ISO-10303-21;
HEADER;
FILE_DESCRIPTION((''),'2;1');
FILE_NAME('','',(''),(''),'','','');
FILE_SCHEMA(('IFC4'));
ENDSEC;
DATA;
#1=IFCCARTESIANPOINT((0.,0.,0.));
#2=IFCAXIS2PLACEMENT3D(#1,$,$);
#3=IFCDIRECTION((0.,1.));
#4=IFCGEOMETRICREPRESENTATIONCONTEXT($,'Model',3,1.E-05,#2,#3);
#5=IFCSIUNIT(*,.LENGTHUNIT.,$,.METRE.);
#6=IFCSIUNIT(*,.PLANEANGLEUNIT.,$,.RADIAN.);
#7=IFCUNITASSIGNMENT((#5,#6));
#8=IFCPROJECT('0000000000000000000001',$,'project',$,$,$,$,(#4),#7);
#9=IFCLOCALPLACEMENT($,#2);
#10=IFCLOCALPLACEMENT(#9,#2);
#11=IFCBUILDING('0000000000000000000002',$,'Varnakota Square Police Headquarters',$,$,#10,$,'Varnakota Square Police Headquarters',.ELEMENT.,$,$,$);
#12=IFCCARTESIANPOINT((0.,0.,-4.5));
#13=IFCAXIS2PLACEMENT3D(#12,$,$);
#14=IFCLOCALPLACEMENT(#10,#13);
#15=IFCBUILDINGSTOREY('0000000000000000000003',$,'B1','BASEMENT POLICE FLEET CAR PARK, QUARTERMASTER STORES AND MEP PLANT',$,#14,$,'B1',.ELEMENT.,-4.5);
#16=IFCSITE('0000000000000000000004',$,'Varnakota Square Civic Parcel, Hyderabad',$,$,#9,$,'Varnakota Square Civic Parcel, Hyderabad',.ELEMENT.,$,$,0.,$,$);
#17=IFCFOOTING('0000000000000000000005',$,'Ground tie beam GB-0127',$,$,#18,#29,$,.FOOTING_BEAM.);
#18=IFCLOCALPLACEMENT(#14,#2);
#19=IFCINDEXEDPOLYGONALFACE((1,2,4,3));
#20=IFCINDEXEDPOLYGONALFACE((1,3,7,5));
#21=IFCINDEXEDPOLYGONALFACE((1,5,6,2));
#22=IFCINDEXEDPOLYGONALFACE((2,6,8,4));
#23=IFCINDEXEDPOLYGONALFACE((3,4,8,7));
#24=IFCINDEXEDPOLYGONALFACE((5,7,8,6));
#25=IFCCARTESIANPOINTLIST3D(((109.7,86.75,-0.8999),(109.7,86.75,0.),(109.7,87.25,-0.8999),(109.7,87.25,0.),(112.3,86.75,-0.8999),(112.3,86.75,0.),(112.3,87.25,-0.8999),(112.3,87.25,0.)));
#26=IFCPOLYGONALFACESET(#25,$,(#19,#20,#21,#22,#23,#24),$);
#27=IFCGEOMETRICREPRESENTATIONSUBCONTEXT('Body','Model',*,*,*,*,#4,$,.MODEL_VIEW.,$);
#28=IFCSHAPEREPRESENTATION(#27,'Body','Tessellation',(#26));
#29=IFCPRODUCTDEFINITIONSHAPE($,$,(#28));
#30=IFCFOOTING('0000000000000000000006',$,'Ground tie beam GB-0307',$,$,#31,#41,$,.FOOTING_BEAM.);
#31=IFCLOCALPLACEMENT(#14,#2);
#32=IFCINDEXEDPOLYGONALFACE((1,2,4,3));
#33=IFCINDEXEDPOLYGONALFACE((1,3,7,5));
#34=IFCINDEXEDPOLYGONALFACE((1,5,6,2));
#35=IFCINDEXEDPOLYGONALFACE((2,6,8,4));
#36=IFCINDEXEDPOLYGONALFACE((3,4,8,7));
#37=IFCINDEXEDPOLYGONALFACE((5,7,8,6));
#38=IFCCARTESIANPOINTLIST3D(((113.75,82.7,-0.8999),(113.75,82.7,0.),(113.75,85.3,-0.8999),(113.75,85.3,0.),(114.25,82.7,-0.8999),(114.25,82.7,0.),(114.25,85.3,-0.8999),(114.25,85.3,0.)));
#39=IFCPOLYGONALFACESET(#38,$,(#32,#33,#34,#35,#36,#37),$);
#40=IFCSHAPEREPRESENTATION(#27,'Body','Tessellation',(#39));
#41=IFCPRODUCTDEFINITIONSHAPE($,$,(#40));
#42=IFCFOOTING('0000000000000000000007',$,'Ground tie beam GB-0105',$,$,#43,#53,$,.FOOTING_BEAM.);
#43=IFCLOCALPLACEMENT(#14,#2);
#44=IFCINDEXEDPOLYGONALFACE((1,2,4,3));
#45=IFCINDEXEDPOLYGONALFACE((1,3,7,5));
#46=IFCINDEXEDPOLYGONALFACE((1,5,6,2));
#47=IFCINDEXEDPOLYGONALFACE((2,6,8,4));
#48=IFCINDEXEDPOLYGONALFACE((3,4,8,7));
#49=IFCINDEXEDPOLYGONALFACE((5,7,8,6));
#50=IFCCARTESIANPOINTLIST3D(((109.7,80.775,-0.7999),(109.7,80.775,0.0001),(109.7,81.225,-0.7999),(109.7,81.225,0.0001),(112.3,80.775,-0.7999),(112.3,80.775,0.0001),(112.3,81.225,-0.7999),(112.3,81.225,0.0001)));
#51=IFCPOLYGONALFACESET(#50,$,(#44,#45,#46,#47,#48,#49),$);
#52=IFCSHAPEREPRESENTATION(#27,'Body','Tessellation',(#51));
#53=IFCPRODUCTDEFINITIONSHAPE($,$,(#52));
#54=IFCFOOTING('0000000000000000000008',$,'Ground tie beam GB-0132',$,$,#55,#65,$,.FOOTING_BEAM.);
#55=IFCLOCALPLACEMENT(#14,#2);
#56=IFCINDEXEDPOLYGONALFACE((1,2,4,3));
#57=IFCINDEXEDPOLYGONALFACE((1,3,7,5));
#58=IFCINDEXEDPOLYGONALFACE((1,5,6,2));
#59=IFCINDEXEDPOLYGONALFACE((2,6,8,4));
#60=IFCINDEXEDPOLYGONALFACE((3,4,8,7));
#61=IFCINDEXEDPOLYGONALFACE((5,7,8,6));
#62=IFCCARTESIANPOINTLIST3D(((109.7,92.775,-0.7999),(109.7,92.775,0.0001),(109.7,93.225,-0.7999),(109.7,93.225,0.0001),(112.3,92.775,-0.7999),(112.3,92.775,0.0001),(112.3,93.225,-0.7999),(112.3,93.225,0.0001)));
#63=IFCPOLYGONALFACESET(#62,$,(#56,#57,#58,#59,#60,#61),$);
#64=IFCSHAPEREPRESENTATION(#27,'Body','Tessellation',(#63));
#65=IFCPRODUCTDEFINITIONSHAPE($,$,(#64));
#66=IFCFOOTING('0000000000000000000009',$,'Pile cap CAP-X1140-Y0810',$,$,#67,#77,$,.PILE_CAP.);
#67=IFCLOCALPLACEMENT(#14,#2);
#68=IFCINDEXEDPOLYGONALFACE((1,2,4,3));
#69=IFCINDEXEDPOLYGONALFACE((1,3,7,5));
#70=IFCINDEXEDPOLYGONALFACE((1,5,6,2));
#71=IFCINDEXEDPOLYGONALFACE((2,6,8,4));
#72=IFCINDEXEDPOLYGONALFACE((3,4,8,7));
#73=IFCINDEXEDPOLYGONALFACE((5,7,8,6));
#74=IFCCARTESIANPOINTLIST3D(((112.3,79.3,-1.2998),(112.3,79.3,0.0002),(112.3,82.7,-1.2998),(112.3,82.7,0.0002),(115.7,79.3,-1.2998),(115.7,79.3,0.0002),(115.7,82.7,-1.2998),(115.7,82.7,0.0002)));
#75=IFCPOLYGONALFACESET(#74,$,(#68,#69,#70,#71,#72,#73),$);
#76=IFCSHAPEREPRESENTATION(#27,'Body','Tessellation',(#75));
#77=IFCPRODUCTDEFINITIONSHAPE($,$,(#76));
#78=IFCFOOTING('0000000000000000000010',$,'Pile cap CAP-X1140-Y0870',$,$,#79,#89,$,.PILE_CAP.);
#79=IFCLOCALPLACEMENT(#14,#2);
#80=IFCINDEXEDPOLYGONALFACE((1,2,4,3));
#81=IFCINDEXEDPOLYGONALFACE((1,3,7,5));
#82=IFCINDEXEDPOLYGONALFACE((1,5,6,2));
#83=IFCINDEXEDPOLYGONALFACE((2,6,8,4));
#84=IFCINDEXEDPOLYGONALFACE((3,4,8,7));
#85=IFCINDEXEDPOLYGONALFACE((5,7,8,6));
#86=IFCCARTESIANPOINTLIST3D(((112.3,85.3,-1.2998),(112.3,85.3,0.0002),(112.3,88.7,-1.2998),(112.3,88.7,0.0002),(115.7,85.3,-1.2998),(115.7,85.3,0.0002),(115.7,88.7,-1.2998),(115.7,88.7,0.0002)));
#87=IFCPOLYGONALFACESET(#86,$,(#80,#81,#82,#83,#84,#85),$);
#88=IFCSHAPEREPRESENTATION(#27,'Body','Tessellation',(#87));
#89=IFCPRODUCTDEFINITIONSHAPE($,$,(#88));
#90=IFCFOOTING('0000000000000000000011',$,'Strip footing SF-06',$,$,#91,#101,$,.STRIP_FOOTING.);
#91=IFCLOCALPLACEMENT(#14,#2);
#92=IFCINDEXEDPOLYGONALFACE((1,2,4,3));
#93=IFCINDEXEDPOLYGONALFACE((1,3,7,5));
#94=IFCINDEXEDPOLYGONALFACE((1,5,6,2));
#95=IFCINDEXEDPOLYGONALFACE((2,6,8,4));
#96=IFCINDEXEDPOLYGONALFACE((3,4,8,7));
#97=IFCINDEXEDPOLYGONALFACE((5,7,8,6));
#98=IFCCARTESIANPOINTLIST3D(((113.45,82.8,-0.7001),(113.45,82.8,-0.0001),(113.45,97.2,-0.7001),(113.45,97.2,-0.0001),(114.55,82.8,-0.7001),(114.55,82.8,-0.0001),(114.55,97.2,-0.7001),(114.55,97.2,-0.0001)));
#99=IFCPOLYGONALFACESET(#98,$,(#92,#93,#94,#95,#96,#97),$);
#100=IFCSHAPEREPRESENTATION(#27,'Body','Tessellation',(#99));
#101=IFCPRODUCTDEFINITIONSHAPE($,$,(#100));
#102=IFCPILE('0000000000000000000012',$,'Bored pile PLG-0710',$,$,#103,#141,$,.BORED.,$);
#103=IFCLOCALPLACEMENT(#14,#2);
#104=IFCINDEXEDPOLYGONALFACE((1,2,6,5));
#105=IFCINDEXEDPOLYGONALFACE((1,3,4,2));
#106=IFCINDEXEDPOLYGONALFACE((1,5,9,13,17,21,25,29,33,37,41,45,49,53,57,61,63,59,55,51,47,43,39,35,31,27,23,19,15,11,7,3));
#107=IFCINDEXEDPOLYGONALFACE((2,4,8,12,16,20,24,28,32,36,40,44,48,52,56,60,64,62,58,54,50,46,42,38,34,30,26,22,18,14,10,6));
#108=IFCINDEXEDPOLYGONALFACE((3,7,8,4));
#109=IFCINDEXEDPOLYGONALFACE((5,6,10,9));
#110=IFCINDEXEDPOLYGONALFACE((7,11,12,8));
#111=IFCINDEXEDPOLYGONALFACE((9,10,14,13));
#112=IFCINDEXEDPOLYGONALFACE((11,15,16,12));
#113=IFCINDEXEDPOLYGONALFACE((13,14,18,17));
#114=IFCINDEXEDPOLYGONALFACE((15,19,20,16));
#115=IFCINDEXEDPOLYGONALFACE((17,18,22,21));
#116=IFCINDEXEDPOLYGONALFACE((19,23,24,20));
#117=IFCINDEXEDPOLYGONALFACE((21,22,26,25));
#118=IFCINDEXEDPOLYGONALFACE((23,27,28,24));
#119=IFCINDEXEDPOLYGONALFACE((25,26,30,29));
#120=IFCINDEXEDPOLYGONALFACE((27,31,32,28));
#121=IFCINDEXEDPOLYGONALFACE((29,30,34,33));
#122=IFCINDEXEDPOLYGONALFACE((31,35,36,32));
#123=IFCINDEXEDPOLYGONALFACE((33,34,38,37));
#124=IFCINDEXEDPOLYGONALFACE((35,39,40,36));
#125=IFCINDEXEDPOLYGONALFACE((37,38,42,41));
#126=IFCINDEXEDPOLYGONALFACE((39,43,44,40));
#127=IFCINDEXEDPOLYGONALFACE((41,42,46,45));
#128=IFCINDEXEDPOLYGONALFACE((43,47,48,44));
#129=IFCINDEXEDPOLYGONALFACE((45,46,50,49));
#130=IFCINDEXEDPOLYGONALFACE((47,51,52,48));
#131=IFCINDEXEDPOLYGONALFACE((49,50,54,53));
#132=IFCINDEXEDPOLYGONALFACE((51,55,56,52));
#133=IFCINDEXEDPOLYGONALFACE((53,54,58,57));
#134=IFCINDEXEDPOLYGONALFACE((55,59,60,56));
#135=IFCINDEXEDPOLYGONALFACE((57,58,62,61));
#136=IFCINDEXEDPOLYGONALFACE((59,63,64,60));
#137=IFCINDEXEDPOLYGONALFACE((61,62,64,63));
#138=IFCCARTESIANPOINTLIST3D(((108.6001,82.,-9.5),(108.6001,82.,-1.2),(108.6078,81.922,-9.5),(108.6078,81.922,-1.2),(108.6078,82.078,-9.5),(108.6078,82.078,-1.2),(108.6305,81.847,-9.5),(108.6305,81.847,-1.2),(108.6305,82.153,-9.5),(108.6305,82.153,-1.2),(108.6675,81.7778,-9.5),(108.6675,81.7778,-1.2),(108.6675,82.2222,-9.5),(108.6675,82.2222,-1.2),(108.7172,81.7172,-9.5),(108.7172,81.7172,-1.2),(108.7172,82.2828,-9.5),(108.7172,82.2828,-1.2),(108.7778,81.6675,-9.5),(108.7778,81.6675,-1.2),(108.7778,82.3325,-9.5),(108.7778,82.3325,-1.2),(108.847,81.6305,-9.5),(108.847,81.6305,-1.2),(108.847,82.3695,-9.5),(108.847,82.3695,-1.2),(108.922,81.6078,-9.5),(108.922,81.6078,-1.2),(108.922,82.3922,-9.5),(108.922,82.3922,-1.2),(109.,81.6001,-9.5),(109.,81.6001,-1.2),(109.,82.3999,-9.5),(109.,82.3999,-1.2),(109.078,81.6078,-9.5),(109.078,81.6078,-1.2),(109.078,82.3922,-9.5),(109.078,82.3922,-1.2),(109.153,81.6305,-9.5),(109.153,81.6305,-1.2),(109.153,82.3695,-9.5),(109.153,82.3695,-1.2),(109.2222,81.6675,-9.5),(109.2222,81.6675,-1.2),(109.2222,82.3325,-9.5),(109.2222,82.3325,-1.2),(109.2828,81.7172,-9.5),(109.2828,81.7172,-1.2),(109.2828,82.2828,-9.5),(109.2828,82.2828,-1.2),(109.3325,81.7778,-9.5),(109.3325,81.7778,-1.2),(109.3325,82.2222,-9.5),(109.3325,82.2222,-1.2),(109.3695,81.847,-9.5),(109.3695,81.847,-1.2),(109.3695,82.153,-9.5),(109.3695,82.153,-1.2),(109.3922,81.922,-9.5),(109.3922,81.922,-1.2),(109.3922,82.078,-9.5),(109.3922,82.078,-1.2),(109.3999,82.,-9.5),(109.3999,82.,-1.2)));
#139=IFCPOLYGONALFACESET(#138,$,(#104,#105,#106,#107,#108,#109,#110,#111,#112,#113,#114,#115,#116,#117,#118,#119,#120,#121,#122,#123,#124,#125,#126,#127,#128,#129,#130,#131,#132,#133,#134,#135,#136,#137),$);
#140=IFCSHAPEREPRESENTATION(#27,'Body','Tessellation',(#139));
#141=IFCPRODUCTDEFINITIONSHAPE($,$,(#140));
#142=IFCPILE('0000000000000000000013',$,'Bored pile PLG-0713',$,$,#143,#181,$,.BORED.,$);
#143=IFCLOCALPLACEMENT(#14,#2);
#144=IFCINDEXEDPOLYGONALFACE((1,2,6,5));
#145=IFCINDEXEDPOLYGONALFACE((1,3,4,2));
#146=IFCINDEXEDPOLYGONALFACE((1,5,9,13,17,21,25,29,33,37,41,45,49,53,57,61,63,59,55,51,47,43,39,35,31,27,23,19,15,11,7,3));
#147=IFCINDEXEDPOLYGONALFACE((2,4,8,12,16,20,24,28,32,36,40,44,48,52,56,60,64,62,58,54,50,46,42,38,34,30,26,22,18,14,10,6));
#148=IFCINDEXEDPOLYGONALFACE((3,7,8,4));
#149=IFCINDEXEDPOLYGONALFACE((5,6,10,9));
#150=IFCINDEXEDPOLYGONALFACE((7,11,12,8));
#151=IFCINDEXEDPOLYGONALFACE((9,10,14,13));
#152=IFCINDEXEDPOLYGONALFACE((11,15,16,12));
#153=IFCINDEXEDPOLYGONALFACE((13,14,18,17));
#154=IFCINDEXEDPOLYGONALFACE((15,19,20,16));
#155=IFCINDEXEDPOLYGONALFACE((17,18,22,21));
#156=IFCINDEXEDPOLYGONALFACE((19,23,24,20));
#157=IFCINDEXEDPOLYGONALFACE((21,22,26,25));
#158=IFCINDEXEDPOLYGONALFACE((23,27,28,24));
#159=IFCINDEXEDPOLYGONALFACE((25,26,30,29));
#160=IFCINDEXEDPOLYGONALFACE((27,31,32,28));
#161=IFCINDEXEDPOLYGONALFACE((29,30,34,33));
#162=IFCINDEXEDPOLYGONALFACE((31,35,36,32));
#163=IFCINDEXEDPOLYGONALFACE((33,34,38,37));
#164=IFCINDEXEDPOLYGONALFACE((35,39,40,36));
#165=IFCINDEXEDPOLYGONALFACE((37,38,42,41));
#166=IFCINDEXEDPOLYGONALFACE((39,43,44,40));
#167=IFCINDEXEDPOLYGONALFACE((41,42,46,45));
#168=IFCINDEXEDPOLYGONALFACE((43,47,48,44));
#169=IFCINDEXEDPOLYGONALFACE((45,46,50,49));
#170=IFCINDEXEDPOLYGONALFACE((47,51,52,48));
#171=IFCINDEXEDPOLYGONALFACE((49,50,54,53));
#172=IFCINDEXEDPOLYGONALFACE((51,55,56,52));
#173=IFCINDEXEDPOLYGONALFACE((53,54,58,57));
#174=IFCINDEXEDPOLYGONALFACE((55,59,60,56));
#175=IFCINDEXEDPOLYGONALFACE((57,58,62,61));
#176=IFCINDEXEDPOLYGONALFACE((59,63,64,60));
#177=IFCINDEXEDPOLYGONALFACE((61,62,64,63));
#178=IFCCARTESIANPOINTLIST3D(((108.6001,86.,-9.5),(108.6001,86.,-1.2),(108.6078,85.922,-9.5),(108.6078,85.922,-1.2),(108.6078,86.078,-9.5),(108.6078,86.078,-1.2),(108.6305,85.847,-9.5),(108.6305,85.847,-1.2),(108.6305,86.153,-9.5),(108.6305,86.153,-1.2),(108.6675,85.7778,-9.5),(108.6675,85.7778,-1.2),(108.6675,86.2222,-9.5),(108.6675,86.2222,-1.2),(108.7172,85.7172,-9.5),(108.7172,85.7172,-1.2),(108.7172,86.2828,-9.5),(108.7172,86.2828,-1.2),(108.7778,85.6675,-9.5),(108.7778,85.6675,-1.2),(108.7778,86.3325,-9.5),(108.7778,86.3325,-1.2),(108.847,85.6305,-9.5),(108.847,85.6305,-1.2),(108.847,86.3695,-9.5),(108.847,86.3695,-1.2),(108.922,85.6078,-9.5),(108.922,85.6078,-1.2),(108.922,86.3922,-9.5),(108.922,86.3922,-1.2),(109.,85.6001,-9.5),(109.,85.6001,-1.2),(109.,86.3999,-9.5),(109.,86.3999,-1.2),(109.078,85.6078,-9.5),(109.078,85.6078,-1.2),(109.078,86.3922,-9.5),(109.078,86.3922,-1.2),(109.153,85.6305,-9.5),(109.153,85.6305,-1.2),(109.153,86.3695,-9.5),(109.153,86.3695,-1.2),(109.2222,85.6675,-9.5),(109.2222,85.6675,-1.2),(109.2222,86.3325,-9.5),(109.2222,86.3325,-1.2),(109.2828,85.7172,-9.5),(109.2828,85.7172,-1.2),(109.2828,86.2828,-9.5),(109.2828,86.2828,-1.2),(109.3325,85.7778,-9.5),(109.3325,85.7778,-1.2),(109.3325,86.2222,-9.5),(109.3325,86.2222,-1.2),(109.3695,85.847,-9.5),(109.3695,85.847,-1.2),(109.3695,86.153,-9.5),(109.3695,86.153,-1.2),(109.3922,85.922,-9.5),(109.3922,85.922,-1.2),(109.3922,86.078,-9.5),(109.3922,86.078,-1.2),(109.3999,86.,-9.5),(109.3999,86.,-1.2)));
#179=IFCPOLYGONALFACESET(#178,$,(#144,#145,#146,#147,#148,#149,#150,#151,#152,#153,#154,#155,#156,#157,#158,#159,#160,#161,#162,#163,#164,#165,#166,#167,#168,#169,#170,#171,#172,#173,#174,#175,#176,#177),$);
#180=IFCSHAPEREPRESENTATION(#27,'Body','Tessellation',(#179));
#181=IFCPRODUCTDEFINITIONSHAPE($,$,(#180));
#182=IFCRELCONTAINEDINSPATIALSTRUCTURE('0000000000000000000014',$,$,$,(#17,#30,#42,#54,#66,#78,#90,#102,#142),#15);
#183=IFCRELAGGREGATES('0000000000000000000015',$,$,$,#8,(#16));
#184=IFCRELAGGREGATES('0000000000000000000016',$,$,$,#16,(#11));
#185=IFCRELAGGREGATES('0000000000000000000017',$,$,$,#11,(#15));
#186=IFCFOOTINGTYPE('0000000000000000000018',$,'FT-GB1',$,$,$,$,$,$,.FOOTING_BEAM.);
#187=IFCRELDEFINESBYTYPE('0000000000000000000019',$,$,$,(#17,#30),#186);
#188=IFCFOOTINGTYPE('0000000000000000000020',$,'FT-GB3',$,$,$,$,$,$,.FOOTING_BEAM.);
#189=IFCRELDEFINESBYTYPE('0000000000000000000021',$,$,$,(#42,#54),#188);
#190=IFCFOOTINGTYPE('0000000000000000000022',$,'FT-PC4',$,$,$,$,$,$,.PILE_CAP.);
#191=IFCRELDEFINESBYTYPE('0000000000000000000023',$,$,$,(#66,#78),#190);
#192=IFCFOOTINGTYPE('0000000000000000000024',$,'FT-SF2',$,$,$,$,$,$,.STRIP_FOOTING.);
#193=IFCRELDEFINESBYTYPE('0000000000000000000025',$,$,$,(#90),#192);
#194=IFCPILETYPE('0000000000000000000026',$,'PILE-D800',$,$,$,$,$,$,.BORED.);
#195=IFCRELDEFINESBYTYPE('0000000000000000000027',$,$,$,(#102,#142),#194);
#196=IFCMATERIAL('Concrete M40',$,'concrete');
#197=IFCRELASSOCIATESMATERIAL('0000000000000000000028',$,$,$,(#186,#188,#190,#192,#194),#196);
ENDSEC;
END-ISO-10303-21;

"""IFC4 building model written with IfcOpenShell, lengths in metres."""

from ifc_helpers import new_model, si_unit, direction, frame, origin, origin_2d, place, context, subcontext, project, spatial, rectangle, circle, extrude, material, material_profile, profile_set, type_object, element, save


model = new_model("IFC4")

# Units and contexts
model_context = context("Model", 3, precision=1e-05, world=origin(), true_north=direction((0.0, 1.0)))
body_context = subcontext(model_context, "Body", "Model", "MODEL_VIEW")
ifc_project = project(units=[si_unit("LENGTHUNIT", "METRE"), si_unit("PLANEANGLEUNIT", "RADIAN")], contexts=[model_context])

# Site, building, storey
site_placement = place(None, origin())
site = spatial("IfcSite", under=ifc_project, at=site_placement, Name="Varnakota Square Civic Parcel, Hyderabad", LongName="Varnakota Square Civic Parcel, Hyderabad", CompositionType="ELEMENT", RefElevation=0.0)
building_placement = place(site_placement, origin())
building = spatial("IfcBuilding", under=site, at=building_placement, Name="Varnakota Square Police Headquarters", LongName="Varnakota Square Police Headquarters", CompositionType="ELEMENT")
storey_placement = place(building_placement, frame((0.0, 0.0, -4.5)))
storey = spatial("IfcBuildingStorey", under=building, at=storey_placement, Name="B1", Description="BASEMENT POLICE FLEET CAR PARK, QUARTERMASTER STORES AND MEP PLANT", LongName="B1", CompositionType="ELEMENT", Elevation=-4.5)

# Footings
ifc_material_1 = material(Name="Concrete M40", Category="concrete")
ifc_material_profile_1 = material_profile(ifc_material_1, rectangle(XDim=0.5, YDim=0.8999, at=origin_2d()), Name="GB 500x900")
ifc_profile_set_1 = profile_set([ifc_material_profile_1], Name="Concrete M40")
footing_type_1 = type_object("IfcFootingType", Name="FT-GB1", PredefinedType="FOOTING_BEAM", material=ifc_profile_set_1)
for number, where, z_axis, x_axis, name in (
    (1, (109.7, 87.0, -0.45), (1.0, 0.0, 0.0), (0.0, 1.0, 0.0), "Ground tie beam GB-0127"),
    (2, (114.0, 82.7, -0.45), (0.0, 1.0, 0.0), (-1.0, 0.0, 0.0), "Ground tie beam GB-0307"),
):
    element("IfcFooting", number, at=place(storey_placement, frame(where, z_axis=z_axis, x_axis=x_axis)), inside=storey, type_object=footing_type_1, Name=name, PredefinedType="FOOTING_BEAM", context=body_context, shape_type="SweptSolid", body=[
        extrude(rectangle(XDim=0.5, YDim=0.8999, at=origin_2d()), origin(), (0.0, 0.0, 1.0), 2.6001),
    ])
ifc_material_profile_2 = material_profile(ifc_material_1, rectangle(XDim=0.45, YDim=0.8, at=origin_2d()), Name="GB 450x800")
ifc_profile_set_2 = profile_set([ifc_material_profile_2], Name="Concrete M40")
footing_type_2 = type_object("IfcFootingType", Name="FT-GB3", PredefinedType="FOOTING_BEAM", material=ifc_profile_set_2)
for number, where, z_axis, x_axis, name in (
    (3, (109.7, 81.0, -0.3999), (1.0, 0.0, 0.0), (0.0, 1.0, 0.0), "Ground tie beam GB-0105"),
    (4, (109.7, 93.0, -0.3999), (1.0, 0.0, 0.0), (0.0, 1.0, 0.0), "Ground tie beam GB-0132"),
):
    element("IfcFooting", number, at=place(storey_placement, frame(where, z_axis=z_axis, x_axis=x_axis)), inside=storey, type_object=footing_type_2, Name=name, PredefinedType="FOOTING_BEAM", context=body_context, shape_type="SweptSolid", body=[
        extrude(rectangle(XDim=0.45, YDim=0.8, at=origin_2d()), origin(), (0.0, 0.0, 1.0), 2.6001),
    ])
footing_type_3 = type_object("IfcFootingType", Name="FT-PC4", PredefinedType="PILE_CAP", material=ifc_material_1)
for number, where, z_axis, x_axis, name in (
    (5, (114.0, 81.0, -1.2998), (0.0, 0.0, 1.0), (1.0, 0.0, 0.0), "Pile cap CAP-X1140-Y0810"),
    (6, (114.0, 87.0, -1.2998), (0.0, 0.0, 1.0), (1.0, 0.0, 0.0), "Pile cap CAP-X1140-Y0870"),
):
    element("IfcFooting", number, at=place(storey_placement, frame(where, z_axis=z_axis, x_axis=x_axis)), inside=storey, type_object=footing_type_3, Name=name, PredefinedType="PILE_CAP", context=body_context, shape_type="SweptSolid", body=[
        extrude(rectangle(XDim=3.3999, YDim=3.3999, at=origin_2d()), origin(), (0.0, 0.0, 1.0), 1.3),
    ])
ifc_material_profile_3 = material_profile(ifc_material_1, rectangle(XDim=1.1001, YDim=0.7, at=origin_2d()), Name="SF 1100x700")
ifc_profile_set_3 = profile_set([ifc_material_profile_3], Name="Concrete M40")
footing_type_4 = type_object("IfcFootingType", Name="FT-SF2", PredefinedType="STRIP_FOOTING", material=ifc_profile_set_3)
footing_placement = place(storey_placement, frame((114.0, 82.8, -0.3501), z_axis=(0.0, 1.0, 0.0), x_axis=(-1.0, 0.0, 0.0)))
element("IfcFooting", 7, at=footing_placement, inside=storey, type_object=footing_type_4, Name="Strip footing SF-06", PredefinedType="STRIP_FOOTING", context=body_context, shape_type="SweptSolid", body=[
    extrude(rectangle(XDim=1.1001, YDim=0.7, at=origin_2d()), origin(), (0.0, 0.0, 1.0), 14.3999),
])

# Piles
ifc_material_profile_4 = material_profile(ifc_material_1, circle(Radius=0.3999, at=origin_2d()), Name="BORED PILE 800")
ifc_profile_set_4 = profile_set([ifc_material_profile_4], Name="Concrete M40")
pile_type = type_object("IfcPileType", Name="PILE-D800", PredefinedType="BORED", material=ifc_profile_set_4)
for number, where, z_axis, x_axis, name in (
    (8, (109.0, 82.0, -1.2), (0.0, 0.0, -1.0), (1.0, 0.0, 0.0), "Bored pile PLG-0710"),
    (9, (109.0, 86.0, -1.2), (0.0, 0.0, -1.0), (1.0, 0.0, 0.0), "Bored pile PLG-0713"),
):
    element("IfcPile", number, at=place(storey_placement, frame(where, z_axis=z_axis, x_axis=x_axis)), inside=storey, type_object=pile_type, Name=name, PredefinedType="BORED", context=body_context, shape_type="SweptSolid", body=[
        extrude(circle(Radius=0.3999, at=origin_2d()), origin(), (0.0, 0.0, 1.0), 8.3),
    ])

save(model, "model.ifc")
